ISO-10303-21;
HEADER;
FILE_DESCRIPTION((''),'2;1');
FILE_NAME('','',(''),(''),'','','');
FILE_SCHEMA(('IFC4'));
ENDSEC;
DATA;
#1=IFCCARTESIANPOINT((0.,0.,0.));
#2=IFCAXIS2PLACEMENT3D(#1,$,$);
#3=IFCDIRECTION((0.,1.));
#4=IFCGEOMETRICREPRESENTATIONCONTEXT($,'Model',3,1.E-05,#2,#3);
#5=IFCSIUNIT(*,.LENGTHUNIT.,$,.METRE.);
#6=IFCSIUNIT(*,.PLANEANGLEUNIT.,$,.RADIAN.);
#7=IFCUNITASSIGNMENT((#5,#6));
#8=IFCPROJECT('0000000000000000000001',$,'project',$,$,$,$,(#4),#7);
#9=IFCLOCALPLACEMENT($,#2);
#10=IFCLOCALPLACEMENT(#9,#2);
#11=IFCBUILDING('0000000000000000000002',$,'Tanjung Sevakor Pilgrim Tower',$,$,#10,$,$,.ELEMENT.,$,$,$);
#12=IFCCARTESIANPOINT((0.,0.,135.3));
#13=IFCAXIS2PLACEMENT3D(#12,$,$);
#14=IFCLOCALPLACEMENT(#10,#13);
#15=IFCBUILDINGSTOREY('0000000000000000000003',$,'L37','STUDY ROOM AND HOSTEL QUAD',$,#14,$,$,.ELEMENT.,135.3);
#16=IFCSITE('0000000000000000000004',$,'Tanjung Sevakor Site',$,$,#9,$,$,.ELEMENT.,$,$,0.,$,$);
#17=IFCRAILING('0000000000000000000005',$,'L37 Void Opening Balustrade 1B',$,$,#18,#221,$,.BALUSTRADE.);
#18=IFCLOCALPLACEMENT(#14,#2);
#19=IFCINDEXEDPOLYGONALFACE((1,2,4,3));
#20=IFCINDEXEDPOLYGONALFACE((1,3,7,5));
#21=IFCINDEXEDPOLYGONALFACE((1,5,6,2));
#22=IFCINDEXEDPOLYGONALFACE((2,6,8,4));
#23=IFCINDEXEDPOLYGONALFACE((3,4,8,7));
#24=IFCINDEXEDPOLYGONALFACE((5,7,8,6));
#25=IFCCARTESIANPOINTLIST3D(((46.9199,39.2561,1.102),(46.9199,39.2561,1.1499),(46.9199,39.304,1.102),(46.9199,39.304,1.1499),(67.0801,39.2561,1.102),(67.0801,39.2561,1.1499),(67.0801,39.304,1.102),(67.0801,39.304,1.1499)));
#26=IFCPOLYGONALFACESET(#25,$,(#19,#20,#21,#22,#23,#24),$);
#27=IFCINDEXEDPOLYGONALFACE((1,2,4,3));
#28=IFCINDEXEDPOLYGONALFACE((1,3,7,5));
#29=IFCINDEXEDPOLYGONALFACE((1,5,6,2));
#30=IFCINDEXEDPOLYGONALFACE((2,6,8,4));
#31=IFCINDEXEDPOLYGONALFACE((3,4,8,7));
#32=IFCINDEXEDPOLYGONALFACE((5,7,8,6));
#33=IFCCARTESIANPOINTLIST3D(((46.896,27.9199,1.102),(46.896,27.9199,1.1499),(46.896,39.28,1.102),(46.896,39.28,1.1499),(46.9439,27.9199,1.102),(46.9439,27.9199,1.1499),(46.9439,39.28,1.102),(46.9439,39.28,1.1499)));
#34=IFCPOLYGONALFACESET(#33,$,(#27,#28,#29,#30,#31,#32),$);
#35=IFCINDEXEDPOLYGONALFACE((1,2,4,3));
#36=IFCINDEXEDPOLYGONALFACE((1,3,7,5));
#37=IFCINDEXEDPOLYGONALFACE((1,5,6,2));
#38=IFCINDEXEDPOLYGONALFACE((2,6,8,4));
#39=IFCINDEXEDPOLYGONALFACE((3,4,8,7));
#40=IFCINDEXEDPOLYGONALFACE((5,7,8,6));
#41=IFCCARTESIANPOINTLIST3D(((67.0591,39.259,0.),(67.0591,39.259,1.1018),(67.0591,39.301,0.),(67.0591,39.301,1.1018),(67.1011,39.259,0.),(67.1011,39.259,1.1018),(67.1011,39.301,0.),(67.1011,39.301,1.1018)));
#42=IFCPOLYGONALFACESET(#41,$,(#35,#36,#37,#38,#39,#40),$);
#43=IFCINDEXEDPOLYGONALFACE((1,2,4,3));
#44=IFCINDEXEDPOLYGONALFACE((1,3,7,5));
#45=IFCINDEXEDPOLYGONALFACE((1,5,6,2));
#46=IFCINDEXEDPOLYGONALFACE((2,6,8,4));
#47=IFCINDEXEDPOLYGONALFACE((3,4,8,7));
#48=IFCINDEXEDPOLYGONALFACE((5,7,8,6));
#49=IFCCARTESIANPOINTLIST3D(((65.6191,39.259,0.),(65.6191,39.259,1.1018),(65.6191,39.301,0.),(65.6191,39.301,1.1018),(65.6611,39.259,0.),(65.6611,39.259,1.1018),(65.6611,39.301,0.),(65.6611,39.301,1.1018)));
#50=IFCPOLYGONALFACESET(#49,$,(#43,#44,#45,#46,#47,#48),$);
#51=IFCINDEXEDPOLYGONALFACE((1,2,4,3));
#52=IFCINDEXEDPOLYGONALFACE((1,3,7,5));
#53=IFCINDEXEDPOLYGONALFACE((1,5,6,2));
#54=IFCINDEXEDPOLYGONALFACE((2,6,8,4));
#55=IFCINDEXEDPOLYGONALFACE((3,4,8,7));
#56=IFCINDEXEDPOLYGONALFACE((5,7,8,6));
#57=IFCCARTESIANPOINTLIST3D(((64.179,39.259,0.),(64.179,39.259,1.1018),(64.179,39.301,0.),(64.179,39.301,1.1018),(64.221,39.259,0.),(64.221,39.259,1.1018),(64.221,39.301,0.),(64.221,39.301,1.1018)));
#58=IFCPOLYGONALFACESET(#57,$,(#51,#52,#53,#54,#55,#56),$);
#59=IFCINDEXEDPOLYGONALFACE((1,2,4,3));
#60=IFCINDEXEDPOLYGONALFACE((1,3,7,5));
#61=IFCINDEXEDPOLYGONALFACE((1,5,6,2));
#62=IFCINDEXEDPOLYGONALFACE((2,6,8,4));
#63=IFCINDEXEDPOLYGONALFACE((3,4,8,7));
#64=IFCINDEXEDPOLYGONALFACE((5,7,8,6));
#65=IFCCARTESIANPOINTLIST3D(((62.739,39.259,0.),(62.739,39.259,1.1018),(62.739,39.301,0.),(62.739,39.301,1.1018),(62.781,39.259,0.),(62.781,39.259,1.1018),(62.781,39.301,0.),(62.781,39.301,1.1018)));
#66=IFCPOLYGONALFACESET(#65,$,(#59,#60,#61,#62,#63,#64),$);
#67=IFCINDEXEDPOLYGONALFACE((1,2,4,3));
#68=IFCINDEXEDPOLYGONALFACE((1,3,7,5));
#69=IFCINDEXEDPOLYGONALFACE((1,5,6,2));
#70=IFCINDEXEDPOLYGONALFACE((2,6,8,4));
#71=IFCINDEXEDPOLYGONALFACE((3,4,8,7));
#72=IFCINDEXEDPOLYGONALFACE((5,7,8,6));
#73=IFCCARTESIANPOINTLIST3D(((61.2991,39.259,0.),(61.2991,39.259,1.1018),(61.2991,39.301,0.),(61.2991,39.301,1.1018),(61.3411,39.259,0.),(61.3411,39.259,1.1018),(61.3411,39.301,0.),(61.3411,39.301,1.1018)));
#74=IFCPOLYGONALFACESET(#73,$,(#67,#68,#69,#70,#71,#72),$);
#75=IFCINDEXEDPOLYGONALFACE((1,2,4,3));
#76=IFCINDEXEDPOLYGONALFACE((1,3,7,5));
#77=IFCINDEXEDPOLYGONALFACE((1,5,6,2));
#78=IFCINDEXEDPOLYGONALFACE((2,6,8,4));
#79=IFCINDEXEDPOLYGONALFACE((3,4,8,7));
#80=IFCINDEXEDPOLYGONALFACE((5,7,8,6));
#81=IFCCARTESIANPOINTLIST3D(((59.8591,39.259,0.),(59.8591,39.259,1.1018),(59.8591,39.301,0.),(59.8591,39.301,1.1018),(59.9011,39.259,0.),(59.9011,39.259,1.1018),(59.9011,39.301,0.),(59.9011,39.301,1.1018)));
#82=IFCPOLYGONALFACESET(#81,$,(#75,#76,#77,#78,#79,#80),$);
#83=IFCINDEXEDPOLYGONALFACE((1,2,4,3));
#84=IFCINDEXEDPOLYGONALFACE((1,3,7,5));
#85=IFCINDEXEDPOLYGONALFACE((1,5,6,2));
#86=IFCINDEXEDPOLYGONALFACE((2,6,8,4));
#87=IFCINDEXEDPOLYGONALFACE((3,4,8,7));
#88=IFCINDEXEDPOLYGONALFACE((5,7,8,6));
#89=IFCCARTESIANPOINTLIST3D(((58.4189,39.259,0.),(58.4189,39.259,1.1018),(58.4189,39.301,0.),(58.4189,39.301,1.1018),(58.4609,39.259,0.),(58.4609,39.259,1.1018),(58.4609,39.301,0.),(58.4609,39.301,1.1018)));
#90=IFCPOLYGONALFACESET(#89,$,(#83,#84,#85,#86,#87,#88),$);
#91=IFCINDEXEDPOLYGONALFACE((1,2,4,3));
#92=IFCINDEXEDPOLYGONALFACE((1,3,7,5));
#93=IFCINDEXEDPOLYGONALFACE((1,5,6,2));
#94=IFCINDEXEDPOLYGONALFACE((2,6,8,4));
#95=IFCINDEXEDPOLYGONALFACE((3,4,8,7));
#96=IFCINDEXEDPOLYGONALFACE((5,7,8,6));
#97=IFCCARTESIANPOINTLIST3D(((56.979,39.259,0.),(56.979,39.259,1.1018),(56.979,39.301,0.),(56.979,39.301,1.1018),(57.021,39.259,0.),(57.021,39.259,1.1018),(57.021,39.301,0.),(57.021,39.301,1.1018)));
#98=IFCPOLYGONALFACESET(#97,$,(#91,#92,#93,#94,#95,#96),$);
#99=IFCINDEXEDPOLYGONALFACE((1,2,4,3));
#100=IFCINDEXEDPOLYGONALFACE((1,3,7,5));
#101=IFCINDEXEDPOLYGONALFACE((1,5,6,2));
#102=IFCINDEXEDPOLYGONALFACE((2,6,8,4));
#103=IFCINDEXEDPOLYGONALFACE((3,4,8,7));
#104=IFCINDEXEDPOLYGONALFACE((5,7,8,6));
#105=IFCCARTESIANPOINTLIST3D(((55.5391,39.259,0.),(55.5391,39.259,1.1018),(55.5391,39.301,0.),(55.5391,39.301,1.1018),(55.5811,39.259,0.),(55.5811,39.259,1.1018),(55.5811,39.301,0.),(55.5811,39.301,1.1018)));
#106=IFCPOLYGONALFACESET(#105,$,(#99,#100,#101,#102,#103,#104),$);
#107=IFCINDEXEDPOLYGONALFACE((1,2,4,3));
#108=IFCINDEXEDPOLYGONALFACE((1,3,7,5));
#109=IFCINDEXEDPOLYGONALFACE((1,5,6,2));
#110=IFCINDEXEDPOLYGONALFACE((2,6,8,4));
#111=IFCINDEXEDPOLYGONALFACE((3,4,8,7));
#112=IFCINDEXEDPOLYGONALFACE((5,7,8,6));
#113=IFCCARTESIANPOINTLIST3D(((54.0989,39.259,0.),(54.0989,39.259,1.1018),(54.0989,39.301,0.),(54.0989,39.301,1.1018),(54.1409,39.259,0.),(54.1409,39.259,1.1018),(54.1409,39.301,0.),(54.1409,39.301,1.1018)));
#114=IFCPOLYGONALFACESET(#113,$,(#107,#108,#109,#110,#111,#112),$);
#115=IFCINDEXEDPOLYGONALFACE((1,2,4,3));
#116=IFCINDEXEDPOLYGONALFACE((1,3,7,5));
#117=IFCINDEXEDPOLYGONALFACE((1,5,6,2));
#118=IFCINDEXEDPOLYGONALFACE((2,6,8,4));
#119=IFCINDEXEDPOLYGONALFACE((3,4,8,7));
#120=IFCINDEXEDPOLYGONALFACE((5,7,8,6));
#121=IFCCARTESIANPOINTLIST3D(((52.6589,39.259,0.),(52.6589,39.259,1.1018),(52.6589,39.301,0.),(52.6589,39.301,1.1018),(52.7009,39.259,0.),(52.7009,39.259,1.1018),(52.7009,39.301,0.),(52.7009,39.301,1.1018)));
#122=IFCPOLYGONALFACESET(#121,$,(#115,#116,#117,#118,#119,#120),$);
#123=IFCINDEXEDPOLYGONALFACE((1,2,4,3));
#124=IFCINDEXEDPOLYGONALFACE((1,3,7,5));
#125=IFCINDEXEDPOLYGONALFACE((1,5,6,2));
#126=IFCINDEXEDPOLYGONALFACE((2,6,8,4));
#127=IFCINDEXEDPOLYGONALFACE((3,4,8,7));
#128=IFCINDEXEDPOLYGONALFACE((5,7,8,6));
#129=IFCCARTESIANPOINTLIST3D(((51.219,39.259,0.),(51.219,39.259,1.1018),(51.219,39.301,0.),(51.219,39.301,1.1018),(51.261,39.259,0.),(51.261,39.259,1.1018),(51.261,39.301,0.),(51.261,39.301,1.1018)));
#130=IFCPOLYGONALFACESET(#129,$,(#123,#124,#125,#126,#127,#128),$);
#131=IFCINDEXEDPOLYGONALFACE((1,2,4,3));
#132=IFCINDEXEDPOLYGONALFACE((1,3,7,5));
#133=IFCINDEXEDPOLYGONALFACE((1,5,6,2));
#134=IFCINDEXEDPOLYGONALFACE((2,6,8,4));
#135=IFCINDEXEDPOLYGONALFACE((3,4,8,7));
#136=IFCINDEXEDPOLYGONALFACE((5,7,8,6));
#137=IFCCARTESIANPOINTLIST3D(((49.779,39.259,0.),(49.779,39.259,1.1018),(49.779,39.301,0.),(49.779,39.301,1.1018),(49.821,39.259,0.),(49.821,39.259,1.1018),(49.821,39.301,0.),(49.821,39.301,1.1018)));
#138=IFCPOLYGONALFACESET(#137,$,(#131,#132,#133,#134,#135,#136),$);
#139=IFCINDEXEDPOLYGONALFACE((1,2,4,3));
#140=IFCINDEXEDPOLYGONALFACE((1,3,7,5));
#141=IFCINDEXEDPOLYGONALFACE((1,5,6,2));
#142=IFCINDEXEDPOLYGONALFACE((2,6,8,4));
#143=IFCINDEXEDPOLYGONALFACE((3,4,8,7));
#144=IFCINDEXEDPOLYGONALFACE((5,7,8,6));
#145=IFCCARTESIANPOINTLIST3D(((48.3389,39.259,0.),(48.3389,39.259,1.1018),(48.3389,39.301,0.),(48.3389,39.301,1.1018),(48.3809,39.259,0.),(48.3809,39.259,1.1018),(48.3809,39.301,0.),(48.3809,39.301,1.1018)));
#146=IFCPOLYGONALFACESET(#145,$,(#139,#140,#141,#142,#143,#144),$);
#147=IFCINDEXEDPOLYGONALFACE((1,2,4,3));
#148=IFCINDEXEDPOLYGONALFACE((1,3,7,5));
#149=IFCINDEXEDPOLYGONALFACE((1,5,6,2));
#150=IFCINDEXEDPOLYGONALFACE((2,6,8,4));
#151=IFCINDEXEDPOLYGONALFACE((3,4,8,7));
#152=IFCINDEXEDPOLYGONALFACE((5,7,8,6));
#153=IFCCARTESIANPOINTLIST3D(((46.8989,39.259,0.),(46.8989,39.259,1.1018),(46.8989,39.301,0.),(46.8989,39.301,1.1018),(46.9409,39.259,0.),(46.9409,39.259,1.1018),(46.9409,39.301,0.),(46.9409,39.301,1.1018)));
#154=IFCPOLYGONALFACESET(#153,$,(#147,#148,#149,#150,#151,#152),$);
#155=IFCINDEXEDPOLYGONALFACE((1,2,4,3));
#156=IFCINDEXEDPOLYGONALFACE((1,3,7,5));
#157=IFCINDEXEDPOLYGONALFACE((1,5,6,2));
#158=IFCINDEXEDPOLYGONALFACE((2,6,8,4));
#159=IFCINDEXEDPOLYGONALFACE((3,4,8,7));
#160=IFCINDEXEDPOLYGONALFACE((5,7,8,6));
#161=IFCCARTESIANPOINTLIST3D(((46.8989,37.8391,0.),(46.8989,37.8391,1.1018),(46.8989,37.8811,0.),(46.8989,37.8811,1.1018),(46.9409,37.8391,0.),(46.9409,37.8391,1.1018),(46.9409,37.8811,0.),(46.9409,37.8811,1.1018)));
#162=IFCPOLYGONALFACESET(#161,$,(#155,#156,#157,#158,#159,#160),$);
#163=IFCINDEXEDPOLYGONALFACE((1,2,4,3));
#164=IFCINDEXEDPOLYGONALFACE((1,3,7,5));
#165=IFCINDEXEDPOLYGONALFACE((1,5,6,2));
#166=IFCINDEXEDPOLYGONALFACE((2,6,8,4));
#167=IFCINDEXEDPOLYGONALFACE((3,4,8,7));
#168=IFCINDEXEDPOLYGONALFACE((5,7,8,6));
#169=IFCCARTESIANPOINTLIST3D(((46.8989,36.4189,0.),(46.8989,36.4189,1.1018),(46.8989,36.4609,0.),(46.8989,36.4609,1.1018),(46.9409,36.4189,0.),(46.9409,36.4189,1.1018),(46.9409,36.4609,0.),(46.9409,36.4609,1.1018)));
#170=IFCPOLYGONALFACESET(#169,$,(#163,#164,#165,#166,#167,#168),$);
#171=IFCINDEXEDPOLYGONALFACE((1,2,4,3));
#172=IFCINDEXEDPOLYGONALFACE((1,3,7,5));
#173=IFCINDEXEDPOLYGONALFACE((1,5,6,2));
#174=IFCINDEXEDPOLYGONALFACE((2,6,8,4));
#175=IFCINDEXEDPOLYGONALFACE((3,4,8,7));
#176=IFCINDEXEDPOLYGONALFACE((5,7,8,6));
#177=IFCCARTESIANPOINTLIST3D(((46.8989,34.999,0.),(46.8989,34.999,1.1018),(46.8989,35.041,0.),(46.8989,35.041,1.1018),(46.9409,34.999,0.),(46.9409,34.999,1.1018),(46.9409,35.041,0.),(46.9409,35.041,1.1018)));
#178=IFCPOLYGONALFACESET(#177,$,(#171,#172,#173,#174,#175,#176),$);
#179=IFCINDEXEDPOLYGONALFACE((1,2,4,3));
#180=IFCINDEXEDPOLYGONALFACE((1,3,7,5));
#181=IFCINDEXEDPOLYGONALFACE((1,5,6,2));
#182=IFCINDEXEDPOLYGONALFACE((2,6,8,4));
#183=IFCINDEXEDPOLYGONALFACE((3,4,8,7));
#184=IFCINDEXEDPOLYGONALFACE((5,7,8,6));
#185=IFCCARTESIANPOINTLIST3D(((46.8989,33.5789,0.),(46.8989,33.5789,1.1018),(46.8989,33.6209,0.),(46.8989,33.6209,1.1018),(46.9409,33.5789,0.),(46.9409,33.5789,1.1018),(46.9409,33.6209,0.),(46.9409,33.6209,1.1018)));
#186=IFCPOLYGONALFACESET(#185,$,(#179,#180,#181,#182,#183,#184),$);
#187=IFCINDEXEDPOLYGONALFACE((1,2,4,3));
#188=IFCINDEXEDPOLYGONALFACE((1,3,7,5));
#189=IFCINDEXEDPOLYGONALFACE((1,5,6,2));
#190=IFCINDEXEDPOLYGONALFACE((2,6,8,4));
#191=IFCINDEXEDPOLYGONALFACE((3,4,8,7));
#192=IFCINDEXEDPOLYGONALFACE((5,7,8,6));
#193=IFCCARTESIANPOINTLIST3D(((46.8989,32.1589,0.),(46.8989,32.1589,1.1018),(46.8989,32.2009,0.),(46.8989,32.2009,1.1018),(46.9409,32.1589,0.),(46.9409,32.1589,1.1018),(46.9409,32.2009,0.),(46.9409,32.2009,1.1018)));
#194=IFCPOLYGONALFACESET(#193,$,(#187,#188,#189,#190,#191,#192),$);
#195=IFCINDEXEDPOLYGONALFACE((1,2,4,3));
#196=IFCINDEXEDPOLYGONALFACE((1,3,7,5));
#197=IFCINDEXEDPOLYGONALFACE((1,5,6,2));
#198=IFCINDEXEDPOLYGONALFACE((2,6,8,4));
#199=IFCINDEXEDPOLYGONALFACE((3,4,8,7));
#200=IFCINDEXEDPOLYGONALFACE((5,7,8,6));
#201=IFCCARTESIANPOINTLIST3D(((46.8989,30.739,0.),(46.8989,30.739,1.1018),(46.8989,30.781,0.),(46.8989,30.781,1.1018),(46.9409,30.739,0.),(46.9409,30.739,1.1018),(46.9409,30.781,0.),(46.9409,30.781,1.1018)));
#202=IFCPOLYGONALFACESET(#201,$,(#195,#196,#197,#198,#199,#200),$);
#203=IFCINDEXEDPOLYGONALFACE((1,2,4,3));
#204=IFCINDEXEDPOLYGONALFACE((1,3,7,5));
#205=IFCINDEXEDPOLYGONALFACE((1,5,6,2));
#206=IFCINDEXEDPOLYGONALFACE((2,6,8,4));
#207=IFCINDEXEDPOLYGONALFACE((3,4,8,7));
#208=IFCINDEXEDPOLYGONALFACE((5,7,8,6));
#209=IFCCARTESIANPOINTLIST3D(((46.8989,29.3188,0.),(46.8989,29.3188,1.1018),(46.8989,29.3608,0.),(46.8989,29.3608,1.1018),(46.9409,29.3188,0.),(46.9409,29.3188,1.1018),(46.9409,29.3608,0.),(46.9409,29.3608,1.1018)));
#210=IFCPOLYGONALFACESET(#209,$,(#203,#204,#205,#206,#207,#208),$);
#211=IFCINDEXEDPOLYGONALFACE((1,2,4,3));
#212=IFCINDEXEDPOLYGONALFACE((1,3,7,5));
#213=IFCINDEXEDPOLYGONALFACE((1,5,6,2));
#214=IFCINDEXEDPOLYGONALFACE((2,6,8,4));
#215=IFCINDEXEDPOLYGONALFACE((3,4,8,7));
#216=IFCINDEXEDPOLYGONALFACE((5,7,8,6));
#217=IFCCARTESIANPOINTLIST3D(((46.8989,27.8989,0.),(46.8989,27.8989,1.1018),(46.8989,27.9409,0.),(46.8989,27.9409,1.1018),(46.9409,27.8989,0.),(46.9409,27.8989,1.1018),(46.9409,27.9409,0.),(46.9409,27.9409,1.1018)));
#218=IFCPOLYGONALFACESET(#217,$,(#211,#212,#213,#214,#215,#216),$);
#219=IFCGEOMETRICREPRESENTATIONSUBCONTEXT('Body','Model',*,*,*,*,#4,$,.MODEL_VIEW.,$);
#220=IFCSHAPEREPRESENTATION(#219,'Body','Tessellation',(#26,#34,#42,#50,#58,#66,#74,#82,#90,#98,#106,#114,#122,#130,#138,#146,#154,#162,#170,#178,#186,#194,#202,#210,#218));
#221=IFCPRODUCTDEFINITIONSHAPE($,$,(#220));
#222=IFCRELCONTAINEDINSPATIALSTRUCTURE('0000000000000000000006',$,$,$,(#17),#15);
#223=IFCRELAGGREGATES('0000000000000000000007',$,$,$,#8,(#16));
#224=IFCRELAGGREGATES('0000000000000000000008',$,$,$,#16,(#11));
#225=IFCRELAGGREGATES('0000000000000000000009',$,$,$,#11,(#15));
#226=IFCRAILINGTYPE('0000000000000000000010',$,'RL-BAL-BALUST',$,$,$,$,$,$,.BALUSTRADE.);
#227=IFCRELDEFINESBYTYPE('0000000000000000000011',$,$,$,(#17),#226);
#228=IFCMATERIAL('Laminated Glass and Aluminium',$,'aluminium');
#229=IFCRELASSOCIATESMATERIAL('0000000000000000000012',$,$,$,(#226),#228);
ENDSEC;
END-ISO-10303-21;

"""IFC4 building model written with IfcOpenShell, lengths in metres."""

from ifc_helpers import new_model, si_unit, direction, frame, origin, place, context, subcontext, project, spatial, rectangle, extrude, material, type_object, element, save


model = new_model("IFC4")

# Units and contexts
model_context = context("Model", 3, precision=1e-05, world=origin(), true_north=direction((0.0, 1.0)))
body_context = subcontext(model_context, "Body", "Model", "MODEL_VIEW")
ifc_project = project(units=[si_unit("LENGTHUNIT", "METRE"), si_unit("PLANEANGLEUNIT", "RADIAN")], contexts=[model_context])

# Site, building, storey
site_placement = place(None, origin())
site = spatial("IfcSite", under=ifc_project, at=site_placement, Name="Tanjung Sevakor Site", CompositionType="ELEMENT", RefElevation=0.0)
building_placement = place(site_placement, origin())
building = spatial("IfcBuilding", under=site, at=building_placement, Name="Tanjung Sevakor Pilgrim Tower", CompositionType="ELEMENT")
storey_placement = place(building_placement, frame((0.0, 0.0, 135.3)))
storey = spatial("IfcBuildingStorey", under=building, at=storey_placement, Name="L37", Description="STUDY ROOM AND HOSTEL QUAD", CompositionType="ELEMENT", Elevation=135.3)

# Railing
ifc_material_1 = material(Name="Laminated Glass and Aluminium", Category="aluminium")
railing_type = type_object("IfcRailingType", Name="RL-BAL-BALUST", PredefinedType="BALUSTRADE", material=ifc_material_1)
railing_1_placement = place(storey_placement, frame((67.0801, 39.28, 0.0)))
element("IfcRailing", 1, at=railing_1_placement, inside=storey, type_object=railing_type, Name="L37 Void Opening Balustrade 1B", PredefinedType="BALUSTRADE", context=body_context, shape_type="SweptSolid", body=[
    extrude(rectangle(XDim=0.0479, YDim=0.0479), frame((0.0, 0.0, 1.126), z_axis=(-1.0, 0.0, 0.0), x_axis=(0.0, -1.0, 0.0)), (0.0, 0.0, 1.0), 20.1602),
    extrude(rectangle(XDim=0.0479, YDim=0.0479), frame((-20.1602, 0.0, 1.126), z_axis=(0.0, -1.0, 0.0), x_axis=(1.0, 0.0, 0.0)), (0.0, 0.0, 1.0), 11.3601),
    extrude(rectangle(XDim=0.042, YDim=0.042), origin(), (0.0, 0.0, 1.0), 1.1018),
    extrude(rectangle(XDim=0.042, YDim=0.042), frame((-1.4399, 0.0, 0.0)), (0.0, 0.0, 1.0), 1.1018),
    extrude(rectangle(XDim=0.042, YDim=0.042), frame((-2.8801, 0.0, 0.0)), (0.0, 0.0, 1.0), 1.1018),
    extrude(rectangle(XDim=0.042, YDim=0.042), frame((-4.3201, 0.0, 0.0)), (0.0, 0.0, 1.0), 1.1018),
    extrude(rectangle(XDim=0.042, YDim=0.042), frame((-5.76, 0.0, 0.0)), (0.0, 0.0, 1.0), 1.1018),
    extrude(rectangle(XDim=0.042, YDim=0.042), frame((-7.2, 0.0, 0.0)), (0.0, 0.0, 1.0), 1.1018),
    extrude(rectangle(XDim=0.042, YDim=0.042), frame((-8.6401, 0.0, 0.0)), (0.0, 0.0, 1.0), 1.1018),
    extrude(rectangle(XDim=0.042, YDim=0.042), frame((-10.0801, 0.0, 0.0)), (0.0, 0.0, 1.0), 1.1018),
    extrude(rectangle(XDim=0.042, YDim=0.042), frame((-11.52, 0.0, 0.0)), (0.0, 0.0, 1.0), 1.1018),
    extrude(rectangle(XDim=0.042, YDim=0.042), frame((-12.9602, 0.0, 0.0)), (0.0, 0.0, 1.0), 1.1018),
    extrude(rectangle(XDim=0.042, YDim=0.042), frame((-14.4001, 0.0, 0.0)), (0.0, 0.0, 1.0), 1.1018),
    extrude(rectangle(XDim=0.042, YDim=0.042), frame((-15.8401, 0.0, 0.0)), (0.0, 0.0, 1.0), 1.1018),
    extrude(rectangle(XDim=0.042, YDim=0.042), frame((-17.28, 0.0, 0.0)), (0.0, 0.0, 1.0), 1.1018),
    extrude(rectangle(XDim=0.042, YDim=0.042), frame((-18.7202, 0.0, 0.0)), (0.0, 0.0, 1.0), 1.1018),
    extrude(rectangle(XDim=0.042, YDim=0.042), frame((-20.1602, 0.0, 0.0)), (0.0, 0.0, 1.0), 1.1018),
    extrude(rectangle(XDim=0.042, YDim=0.042), frame((-20.1602, -1.4199, 0.0)), (0.0, 0.0, 1.0), 1.1018),
    extrude(rectangle(XDim=0.042, YDim=0.042), frame((-20.1602, -2.8401, 0.0)), (0.0, 0.0, 1.0), 1.1018),
    extrude(rectangle(XDim=0.042, YDim=0.042), frame((-20.1602, -4.26, 0.0)), (0.0, 0.0, 1.0), 1.1018),
    extrude(rectangle(XDim=0.042, YDim=0.042), frame((-20.1602, -5.6802, 0.0)), (0.0, 0.0, 1.0), 1.1018),
    extrude(rectangle(XDim=0.042, YDim=0.042), frame((-20.1602, -7.1001, 0.0)), (0.0, 0.0, 1.0), 1.1018),
    extrude(rectangle(XDim=0.042, YDim=0.042), frame((-20.1602, -8.52, 0.0)), (0.0, 0.0, 1.0), 1.1018),
    extrude(rectangle(XDim=0.042, YDim=0.042), frame((-20.1602, -9.9402, 0.0)), (0.0, 0.0, 1.0), 1.1018),
    extrude(rectangle(XDim=0.042, YDim=0.042), frame((-20.1602, -11.3601, 0.0)), (0.0, 0.0, 1.0), 1.1018),
])

save(model, "model.ifc")
